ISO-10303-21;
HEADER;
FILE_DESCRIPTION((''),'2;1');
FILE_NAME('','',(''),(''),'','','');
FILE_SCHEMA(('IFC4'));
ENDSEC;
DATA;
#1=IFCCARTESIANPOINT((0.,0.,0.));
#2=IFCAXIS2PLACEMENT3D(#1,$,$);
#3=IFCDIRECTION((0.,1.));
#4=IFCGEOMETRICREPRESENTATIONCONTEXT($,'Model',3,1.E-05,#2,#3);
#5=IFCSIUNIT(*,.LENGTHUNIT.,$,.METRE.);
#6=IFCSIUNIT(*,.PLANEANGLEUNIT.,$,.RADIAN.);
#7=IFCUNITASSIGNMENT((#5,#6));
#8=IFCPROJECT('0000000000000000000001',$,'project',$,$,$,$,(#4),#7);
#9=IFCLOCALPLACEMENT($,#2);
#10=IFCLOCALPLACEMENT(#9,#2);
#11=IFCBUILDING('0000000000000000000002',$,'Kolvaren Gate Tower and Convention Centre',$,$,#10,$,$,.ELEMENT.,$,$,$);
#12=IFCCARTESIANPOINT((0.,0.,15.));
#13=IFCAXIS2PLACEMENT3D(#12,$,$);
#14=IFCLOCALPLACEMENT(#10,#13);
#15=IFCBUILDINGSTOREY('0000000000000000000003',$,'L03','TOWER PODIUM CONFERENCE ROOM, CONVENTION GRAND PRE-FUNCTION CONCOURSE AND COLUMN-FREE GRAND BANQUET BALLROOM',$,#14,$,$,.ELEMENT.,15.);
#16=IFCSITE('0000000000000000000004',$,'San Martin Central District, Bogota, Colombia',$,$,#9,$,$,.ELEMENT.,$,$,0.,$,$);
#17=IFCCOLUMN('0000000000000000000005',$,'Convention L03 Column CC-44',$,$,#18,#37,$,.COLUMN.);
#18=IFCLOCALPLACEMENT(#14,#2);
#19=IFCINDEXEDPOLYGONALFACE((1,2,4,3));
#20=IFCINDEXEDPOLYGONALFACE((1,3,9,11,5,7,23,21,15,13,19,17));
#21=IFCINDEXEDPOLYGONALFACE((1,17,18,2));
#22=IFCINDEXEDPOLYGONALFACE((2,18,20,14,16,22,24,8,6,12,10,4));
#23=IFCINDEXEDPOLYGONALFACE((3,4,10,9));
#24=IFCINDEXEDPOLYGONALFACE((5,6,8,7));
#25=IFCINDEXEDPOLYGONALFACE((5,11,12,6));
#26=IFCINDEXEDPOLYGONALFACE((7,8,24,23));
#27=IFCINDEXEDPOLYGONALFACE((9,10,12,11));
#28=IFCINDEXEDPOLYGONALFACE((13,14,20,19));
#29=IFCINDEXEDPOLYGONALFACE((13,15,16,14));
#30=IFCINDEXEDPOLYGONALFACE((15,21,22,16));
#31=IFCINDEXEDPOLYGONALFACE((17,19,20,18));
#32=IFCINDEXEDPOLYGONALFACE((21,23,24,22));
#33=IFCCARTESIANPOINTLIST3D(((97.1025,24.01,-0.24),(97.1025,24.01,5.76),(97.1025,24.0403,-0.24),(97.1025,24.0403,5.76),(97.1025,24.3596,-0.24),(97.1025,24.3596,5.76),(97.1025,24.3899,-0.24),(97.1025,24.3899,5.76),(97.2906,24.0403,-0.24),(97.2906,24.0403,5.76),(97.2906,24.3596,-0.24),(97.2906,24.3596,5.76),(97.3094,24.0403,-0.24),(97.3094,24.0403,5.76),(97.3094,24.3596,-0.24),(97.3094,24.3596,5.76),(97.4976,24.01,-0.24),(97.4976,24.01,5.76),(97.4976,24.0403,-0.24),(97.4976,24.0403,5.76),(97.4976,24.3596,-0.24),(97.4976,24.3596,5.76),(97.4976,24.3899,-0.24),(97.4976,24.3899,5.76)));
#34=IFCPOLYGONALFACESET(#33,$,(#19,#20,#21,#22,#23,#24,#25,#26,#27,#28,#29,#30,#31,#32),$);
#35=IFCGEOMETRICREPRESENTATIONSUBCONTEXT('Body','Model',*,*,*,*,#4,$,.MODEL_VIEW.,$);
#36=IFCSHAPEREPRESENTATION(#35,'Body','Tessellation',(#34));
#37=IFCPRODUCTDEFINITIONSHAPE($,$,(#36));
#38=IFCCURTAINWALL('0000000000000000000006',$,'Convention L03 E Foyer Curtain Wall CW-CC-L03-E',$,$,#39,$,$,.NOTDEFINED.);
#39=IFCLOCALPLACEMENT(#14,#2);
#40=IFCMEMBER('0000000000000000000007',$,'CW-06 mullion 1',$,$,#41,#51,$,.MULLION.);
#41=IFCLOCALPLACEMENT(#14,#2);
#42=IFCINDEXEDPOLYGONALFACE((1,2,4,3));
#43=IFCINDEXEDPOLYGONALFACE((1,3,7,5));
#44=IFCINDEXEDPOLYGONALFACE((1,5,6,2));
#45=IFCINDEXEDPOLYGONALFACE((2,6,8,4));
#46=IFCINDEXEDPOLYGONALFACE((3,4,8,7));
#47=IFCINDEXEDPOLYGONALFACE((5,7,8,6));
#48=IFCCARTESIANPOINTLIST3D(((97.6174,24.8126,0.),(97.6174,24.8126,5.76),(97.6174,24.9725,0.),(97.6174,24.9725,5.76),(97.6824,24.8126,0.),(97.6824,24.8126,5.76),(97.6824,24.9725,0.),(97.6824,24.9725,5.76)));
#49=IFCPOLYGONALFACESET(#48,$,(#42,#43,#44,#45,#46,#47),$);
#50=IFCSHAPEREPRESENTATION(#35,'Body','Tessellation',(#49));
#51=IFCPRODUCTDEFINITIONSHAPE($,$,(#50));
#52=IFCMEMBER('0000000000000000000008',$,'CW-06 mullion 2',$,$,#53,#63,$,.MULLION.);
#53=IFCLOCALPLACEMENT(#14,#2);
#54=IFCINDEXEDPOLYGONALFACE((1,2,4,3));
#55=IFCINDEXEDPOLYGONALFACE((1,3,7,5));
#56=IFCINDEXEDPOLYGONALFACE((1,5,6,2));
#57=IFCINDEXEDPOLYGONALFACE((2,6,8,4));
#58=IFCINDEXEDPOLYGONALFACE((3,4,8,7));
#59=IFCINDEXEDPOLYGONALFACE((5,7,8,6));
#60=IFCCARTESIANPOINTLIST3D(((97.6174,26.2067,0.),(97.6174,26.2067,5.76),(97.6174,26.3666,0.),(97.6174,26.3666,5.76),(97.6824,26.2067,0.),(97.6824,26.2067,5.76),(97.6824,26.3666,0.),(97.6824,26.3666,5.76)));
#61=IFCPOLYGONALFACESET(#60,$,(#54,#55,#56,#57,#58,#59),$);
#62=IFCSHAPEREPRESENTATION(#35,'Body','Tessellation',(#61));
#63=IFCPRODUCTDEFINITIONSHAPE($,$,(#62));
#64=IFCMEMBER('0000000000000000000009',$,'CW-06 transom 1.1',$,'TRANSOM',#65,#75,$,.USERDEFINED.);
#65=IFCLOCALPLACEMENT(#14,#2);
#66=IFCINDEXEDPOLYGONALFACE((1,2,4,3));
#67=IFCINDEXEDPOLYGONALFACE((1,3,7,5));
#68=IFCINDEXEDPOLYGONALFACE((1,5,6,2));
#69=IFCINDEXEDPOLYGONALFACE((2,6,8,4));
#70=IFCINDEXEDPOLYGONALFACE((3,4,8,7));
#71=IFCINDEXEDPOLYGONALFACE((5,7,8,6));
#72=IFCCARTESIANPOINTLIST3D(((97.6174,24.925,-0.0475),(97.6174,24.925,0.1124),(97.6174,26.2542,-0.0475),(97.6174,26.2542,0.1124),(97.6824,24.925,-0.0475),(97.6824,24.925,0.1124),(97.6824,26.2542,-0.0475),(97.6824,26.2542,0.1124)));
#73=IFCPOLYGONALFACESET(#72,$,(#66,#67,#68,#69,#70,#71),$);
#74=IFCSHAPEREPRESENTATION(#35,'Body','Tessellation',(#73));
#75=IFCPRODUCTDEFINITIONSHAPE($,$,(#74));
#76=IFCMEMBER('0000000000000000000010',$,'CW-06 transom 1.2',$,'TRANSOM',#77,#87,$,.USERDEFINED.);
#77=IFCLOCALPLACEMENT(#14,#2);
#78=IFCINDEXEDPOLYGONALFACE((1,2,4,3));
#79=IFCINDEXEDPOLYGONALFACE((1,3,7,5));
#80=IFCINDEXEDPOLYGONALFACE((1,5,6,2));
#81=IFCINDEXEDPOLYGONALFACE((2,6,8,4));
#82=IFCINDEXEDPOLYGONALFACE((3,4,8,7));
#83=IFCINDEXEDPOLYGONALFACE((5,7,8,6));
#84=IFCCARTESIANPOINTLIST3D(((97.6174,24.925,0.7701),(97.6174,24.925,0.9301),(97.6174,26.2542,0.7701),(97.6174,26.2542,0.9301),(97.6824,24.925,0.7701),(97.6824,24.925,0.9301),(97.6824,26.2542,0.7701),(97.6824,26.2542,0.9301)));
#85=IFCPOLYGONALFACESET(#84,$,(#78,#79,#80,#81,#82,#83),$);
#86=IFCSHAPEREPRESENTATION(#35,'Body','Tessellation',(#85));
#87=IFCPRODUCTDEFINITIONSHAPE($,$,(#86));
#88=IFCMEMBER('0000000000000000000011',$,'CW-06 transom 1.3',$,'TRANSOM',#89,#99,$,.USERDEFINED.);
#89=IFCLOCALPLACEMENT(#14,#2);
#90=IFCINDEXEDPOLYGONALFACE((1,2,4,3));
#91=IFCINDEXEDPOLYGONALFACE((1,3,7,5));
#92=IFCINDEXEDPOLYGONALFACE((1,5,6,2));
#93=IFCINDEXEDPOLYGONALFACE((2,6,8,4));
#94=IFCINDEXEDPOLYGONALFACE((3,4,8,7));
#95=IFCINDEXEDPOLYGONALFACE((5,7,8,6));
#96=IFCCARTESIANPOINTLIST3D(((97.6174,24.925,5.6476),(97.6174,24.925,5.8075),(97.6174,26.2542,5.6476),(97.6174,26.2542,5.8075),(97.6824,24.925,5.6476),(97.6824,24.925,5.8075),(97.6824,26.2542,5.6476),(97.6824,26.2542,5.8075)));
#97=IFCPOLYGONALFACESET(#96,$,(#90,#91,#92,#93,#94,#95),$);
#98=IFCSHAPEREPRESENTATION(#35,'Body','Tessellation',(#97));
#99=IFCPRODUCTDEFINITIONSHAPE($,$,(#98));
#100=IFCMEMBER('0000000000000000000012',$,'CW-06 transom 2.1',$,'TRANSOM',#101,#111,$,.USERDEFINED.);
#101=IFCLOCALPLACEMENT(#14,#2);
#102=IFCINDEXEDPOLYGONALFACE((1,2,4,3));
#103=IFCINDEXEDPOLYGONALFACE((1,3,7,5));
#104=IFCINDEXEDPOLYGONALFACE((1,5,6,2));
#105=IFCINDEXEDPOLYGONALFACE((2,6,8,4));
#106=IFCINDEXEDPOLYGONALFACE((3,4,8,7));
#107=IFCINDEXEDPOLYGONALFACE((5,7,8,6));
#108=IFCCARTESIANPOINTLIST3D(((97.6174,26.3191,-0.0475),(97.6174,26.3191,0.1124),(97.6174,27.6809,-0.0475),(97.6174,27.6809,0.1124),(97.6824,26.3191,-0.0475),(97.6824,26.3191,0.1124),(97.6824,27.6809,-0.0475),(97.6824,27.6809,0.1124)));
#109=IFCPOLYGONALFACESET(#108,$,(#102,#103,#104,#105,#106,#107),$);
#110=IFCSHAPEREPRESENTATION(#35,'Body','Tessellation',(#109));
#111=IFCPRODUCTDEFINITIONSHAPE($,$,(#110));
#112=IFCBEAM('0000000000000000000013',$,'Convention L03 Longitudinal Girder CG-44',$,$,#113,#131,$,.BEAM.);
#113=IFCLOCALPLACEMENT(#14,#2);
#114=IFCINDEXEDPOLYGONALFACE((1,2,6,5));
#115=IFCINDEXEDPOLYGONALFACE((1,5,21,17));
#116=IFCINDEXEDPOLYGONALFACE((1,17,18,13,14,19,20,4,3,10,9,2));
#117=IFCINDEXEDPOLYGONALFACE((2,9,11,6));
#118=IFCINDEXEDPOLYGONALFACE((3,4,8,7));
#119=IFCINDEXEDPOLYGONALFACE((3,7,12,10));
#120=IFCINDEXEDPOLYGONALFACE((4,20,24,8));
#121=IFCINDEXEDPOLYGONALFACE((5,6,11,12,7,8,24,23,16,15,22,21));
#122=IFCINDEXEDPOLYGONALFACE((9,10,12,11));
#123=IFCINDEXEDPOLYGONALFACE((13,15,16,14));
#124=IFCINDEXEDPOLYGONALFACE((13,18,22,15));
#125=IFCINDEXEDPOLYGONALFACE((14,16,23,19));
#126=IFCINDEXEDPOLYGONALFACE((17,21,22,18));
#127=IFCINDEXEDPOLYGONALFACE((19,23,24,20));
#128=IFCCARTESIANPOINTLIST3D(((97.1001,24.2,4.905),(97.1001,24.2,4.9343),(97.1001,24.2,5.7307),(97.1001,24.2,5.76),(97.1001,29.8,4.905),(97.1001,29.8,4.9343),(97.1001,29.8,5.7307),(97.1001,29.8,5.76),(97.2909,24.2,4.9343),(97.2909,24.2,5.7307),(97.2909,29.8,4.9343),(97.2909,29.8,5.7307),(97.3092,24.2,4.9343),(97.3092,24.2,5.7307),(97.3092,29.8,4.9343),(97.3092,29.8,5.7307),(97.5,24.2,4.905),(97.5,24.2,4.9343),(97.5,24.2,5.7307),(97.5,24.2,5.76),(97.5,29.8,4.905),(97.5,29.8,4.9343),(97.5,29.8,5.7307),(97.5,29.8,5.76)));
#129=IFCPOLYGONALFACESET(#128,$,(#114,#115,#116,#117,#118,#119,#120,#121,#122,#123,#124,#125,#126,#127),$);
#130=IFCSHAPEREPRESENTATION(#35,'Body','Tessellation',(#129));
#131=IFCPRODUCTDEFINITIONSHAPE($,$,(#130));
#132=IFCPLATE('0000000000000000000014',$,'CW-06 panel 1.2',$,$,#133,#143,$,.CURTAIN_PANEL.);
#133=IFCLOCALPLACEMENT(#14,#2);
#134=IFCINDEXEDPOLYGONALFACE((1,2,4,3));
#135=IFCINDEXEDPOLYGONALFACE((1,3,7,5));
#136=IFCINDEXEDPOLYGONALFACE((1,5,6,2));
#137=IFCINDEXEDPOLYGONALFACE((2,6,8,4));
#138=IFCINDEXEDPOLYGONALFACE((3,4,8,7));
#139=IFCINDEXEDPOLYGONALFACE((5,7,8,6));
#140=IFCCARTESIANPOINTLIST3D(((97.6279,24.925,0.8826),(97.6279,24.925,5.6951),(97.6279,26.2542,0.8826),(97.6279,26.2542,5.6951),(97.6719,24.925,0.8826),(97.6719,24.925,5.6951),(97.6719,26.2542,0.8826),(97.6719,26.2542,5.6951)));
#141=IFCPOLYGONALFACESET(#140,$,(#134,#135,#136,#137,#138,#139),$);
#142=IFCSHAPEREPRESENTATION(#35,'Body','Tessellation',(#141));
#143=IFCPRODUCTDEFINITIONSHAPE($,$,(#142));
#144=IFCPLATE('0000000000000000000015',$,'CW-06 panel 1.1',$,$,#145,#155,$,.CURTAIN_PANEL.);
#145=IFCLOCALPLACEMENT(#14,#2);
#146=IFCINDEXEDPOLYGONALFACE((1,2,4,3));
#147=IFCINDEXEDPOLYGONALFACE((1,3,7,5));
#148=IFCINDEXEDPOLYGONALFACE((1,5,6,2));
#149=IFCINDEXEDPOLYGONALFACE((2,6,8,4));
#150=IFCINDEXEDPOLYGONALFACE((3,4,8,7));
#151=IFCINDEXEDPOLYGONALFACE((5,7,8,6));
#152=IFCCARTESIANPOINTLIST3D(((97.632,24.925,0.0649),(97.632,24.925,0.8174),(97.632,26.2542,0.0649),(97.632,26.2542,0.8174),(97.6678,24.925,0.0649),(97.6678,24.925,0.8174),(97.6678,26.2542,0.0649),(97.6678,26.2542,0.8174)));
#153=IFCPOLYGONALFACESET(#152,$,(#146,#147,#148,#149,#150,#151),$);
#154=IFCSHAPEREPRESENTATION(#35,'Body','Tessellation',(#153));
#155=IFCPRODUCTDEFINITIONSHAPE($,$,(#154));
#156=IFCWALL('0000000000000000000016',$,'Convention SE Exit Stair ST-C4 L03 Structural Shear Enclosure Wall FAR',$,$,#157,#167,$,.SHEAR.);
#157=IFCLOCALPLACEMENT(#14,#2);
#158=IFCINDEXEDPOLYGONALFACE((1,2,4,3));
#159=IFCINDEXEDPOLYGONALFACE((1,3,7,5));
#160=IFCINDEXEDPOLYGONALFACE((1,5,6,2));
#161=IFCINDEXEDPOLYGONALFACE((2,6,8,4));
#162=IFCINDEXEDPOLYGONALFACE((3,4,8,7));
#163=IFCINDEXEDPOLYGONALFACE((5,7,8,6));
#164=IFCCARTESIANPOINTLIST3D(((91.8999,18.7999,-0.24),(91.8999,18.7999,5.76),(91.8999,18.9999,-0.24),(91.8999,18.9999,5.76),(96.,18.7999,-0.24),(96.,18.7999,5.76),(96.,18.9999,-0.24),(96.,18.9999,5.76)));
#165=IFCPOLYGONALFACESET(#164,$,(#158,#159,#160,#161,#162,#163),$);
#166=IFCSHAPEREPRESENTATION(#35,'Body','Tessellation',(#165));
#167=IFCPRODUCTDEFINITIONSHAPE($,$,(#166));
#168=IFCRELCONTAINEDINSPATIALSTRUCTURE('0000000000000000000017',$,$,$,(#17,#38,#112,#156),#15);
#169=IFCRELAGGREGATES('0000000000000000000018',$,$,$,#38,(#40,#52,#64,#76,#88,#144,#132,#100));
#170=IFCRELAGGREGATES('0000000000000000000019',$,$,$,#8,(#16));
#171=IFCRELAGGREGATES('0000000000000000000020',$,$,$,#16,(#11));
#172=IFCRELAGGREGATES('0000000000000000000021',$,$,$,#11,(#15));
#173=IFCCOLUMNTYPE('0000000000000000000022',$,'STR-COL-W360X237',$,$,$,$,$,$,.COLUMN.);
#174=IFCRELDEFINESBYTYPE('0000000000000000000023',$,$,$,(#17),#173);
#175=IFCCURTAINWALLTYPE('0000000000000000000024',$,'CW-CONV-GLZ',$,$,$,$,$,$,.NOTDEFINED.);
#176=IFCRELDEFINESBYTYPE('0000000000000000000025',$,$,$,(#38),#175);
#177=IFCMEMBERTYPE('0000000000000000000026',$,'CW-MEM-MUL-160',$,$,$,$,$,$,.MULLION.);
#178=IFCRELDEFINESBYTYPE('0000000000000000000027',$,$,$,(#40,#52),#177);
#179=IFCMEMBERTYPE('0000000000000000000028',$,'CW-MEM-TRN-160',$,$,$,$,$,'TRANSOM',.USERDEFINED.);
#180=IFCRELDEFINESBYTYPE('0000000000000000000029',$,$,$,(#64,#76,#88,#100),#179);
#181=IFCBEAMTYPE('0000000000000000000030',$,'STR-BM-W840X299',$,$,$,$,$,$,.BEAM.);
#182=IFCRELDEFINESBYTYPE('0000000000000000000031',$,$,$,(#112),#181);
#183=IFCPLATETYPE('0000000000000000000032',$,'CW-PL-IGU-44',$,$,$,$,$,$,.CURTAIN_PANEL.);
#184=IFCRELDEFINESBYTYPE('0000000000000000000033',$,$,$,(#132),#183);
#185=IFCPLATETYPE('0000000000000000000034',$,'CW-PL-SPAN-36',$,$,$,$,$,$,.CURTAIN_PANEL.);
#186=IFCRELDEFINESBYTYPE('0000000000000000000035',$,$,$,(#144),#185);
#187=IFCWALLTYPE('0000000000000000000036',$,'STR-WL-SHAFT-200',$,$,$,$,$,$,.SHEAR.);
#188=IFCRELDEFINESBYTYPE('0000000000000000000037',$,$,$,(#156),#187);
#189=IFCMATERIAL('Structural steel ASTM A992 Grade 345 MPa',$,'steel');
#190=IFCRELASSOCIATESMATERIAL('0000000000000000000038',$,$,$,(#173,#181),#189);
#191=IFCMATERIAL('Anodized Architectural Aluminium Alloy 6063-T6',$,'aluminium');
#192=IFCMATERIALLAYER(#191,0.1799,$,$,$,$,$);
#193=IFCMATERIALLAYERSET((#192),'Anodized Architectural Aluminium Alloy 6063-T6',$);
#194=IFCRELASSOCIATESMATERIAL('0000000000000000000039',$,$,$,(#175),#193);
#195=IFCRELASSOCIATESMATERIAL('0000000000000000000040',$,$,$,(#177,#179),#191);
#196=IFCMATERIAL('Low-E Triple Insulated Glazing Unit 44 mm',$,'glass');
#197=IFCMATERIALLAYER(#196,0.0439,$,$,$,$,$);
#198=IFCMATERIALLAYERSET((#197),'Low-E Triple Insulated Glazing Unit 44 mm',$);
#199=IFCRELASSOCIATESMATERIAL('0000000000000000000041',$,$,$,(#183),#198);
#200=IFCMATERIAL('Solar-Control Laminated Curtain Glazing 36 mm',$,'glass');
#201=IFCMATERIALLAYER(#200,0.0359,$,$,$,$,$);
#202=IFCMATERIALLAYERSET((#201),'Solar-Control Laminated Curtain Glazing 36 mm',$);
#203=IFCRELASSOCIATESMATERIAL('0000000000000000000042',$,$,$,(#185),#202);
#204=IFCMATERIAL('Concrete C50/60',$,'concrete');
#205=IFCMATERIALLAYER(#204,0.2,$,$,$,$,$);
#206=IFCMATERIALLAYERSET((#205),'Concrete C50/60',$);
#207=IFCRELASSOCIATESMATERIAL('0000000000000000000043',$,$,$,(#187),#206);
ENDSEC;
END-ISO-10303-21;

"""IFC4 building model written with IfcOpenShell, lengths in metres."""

from ifc_helpers import new_model, si_unit, direction, frame, frame_2d, origin, origin_2d, place, context, subcontext, project, spatial, rectangle, i_section, extrude, material, layer, layer_set, material_profile, profile_set, type_object, element, aggregate, save


model = new_model("IFC4")

# Units and contexts
model_context = context("Model", 3, precision=1e-05, world=origin(), true_north=direction((0.0, 1.0)))
body_context = subcontext(model_context, "Body", "Model", "MODEL_VIEW")
ifc_project = project(units=[si_unit("LENGTHUNIT", "METRE"), si_unit("PLANEANGLEUNIT", "RADIAN")], contexts=[model_context])

# Site, building, storey
site_placement = place(None, origin())
site = spatial("IfcSite", under=ifc_project, at=site_placement, Name="San Martin Central District, Bogota, Colombia", CompositionType="ELEMENT", RefElevation=0.0)
building_placement = place(site_placement, origin())
building = spatial("IfcBuilding", under=site, at=building_placement, Name="Kolvaren Gate Tower and Convention Centre", CompositionType="ELEMENT")
storey_placement = place(building_placement, frame((0.0, 0.0, 15.0)))
storey = spatial("IfcBuildingStorey", under=building, at=storey_placement, Name="L03", Description="TOWER PODIUM CONFERENCE ROOM, CONVENTION GRAND PRE-FUNCTION CONCOURSE AND COLUMN-FREE GRAND BANQUET BALLROOM", CompositionType="ELEMENT", Elevation=15.0)

# Column
ifc_material_1 = material(Name="Structural steel ASTM A992 Grade 345 MPa", Category="steel")
ifc_material_profile_1 = material_profile(ifc_material_1, i_section(OverallWidth=0.395, OverallDepth=0.3799, WebThickness=0.0188, FlangeThickness=0.0303, at=origin_2d()), Name="W360X237")
ifc_profile_set_1 = profile_set([ifc_material_profile_1], Name="Structural steel ASTM A992 Grade 345 MPa")
column_type = type_object("IfcColumnType", Name="STR-COL-W360X237", PredefinedType="COLUMN", material=ifc_profile_set_1)
column_placement = place(storey_placement, frame((97.3, 24.2, -0.24), z_axis=(0.0, 0.0, 1.0), x_axis=(1.0, 0.0, 0.0)))
element("IfcColumn", 1, at=column_placement, inside=storey, type_object=column_type, Name="Convention L03 Column CC-44", PredefinedType="COLUMN", context=body_context, shape_type="SweptSolid", body=[
    extrude(i_section(OverallWidth=0.395, OverallDepth=0.3799, WebThickness=0.0188, FlangeThickness=0.0303, at=origin_2d()), origin(), (0.0, 0.0, 1.0), 6.0),
])

# Curtain wall, members
ifc_material_2 = material(Name="Anodized Architectural Aluminium Alloy 6063-T6", Category="aluminium")
ifc_layer_1 = layer(ifc_material_2, 0.1799)
ifc_layer_set_1 = layer_set([ifc_layer_1], Name="Anodized Architectural Aluminium Alloy 6063-T6")
curtain_wall_type = type_object("IfcCurtainWallType", Name="CW-CONV-GLZ", PredefinedType="NOTDEFINED", material=ifc_layer_set_1)
curtain_wall_placement = place(storey_placement, origin())
curtain_wall = element("IfcCurtainWall", 2, at=curtain_wall_placement, inside=storey, type_object=curtain_wall_type, Name="Convention L03 E Foyer Curtain Wall CW-CC-L03-E", PredefinedType="NOTDEFINED")
ifc_material_profile_2 = material_profile(ifc_material_2, rectangle(XDim=0.0649, YDim=0.1599, at=origin_2d()), Name="CW-MEM-MUL-160")
ifc_profile_set_2 = profile_set([ifc_material_profile_2], Name="Anodized Architectural Aluminium Alloy 6063-T6")
member_type_1 = type_object("IfcMemberType", Name="CW-MEM-MUL-160", PredefinedType="MULLION", material=ifc_profile_set_2)
member_1_placement = place(storey_placement, frame((97.6499, 24.8926, 0.0), z_axis=(0.0, 0.0, 1.0), x_axis=(-1.0, 0.0, 0.0)))
member_1 = element("IfcMember", 3, at=member_1_placement, type_object=member_type_1, Name="CW-06 mullion 1", PredefinedType="MULLION", context=body_context, shape_type="SweptSolid", body=[
    extrude(rectangle(XDim=0.0649, YDim=0.1599, at=origin_2d()), origin(), (0.0, 0.0, 1.0), 5.76),
])
member_2_placement = place(storey_placement, frame((97.6499, 26.2866, 0.0), z_axis=(0.0, 0.0, 1.0), x_axis=(-1.0, 0.0, 0.0)))
member_2 = element("IfcMember", 4, at=member_2_placement, type_object=member_type_1, Name="CW-06 mullion 2", PredefinedType="MULLION", context=body_context, shape_type="SweptSolid", body=[
    extrude(rectangle(XDim=0.0649, YDim=0.1599, at=origin_2d()), origin(), (0.0, 0.0, 1.0), 5.76),
])
ifc_material_profile_3 = material_profile(ifc_material_2, rectangle(XDim=0.0649, YDim=0.1599, at=origin_2d()), Name="CW-MEM-TRN-160")
ifc_profile_set_3 = profile_set([ifc_material_profile_3], Name="Anodized Architectural Aluminium Alloy 6063-T6")
member_type_2 = type_object("IfcMemberType", Name="CW-MEM-TRN-160", ElementType="TRANSOM", PredefinedType="USERDEFINED", material=ifc_profile_set_3)
member_3_placement = place(storey_placement, frame((97.6499, 24.925, 0.0325), z_axis=(0.0, 1.0, 0.0), x_axis=(-1.0, 0.0, 0.0)))
member_3 = element("IfcMember", 5, at=member_3_placement, type_object=member_type_2, Name="CW-06 transom 1.1", ObjectType="TRANSOM", PredefinedType="USERDEFINED", context=body_context, shape_type="SweptSolid", body=[
    extrude(rectangle(XDim=0.0649, YDim=0.1599, at=origin_2d()), origin(), (0.0, 0.0, 1.0), 1.3291),
])
member_4_placement = place(storey_placement, frame((97.6499, 24.925, 0.8501), z_axis=(0.0, 1.0, 0.0), x_axis=(-1.0, 0.0, 0.0)))
member_4 = element("IfcMember", 6, at=member_4_placement, type_object=member_type_2, Name="CW-06 transom 1.2", ObjectType="TRANSOM", PredefinedType="USERDEFINED", context=body_context, shape_type="SweptSolid", body=[
    extrude(rectangle(XDim=0.0649, YDim=0.1599, at=origin_2d()), origin(), (0.0, 0.0, 1.0), 1.3291),
])
member_5_placement = place(storey_placement, frame((97.6499, 24.925, 5.7275), z_axis=(0.0, 1.0, 0.0), x_axis=(-1.0, 0.0, 0.0)))
member_5 = element("IfcMember", 7, at=member_5_placement, type_object=member_type_2, Name="CW-06 transom 1.3", ObjectType="TRANSOM", PredefinedType="USERDEFINED", context=body_context, shape_type="SweptSolid", body=[
    extrude(rectangle(XDim=0.0649, YDim=0.1599, at=origin_2d()), origin(), (0.0, 0.0, 1.0), 1.3291),
])
member_6_placement = place(storey_placement, frame((97.6499, 26.3191, 0.0325), z_axis=(0.0, 1.0, 0.0), x_axis=(-1.0, 0.0, 0.0)))
member_6 = element("IfcMember", 8, at=member_6_placement, type_object=member_type_2, Name="CW-06 transom 2.1", ObjectType="TRANSOM", PredefinedType="USERDEFINED", context=body_context, shape_type="SweptSolid", body=[
    extrude(rectangle(XDim=0.0649, YDim=0.1599, at=origin_2d()), origin(), (0.0, 0.0, 1.0), 1.3618),
])

# Beam
ifc_material_profile_4 = material_profile(ifc_material_1, i_section(OverallWidth=0.3999, OverallDepth=0.855, WebThickness=0.0183, FlangeThickness=0.0293, at=origin_2d()), Name="W840X299")
ifc_profile_set_4 = profile_set([ifc_material_profile_4], Name="Structural steel ASTM A992 Grade 345 MPa")
beam_type = type_object("IfcBeamType", Name="STR-BM-W840X299", PredefinedType="BEAM", material=ifc_profile_set_4)
beam_placement = place(storey_placement, frame((97.3, 24.2, 5.3325), z_axis=(0.0, 1.0, 0.0), x_axis=(-1.0, 0.0, 0.0)))
element("IfcBeam", 9, at=beam_placement, inside=storey, type_object=beam_type, Name="Convention L03 Longitudinal Girder CG-44", PredefinedType="BEAM", context=body_context, shape_type="SweptSolid", body=[
    extrude(i_section(OverallWidth=0.3999, OverallDepth=0.855, WebThickness=0.0183, FlangeThickness=0.0293, at=origin_2d()), origin(), (0.0, 0.0, 1.0), 5.6001),
])

# Plates
ifc_material_3 = material(Name="Low-E Triple Insulated Glazing Unit 44 mm", Category="glass")
ifc_layer_2 = layer(ifc_material_3, 0.0439)
ifc_layer_set_2 = layer_set([ifc_layer_2], Name="Low-E Triple Insulated Glazing Unit 44 mm")
plate_type_1 = type_object("IfcPlateType", Name="CW-PL-IGU-44", PredefinedType="CURTAIN_PANEL", material=ifc_layer_set_2)
plate_1_placement = place(storey_placement, frame((97.6499, 25.5896, 0.8826), z_axis=(0.0, 0.0, 1.0), x_axis=(0.0, 1.0, 0.0)))
plate_1 = element("IfcPlate", 10, at=plate_1_placement, type_object=plate_type_1, Name="CW-06 panel 1.2", PredefinedType="CURTAIN_PANEL", context=body_context, shape_type="SweptSolid", body=[
    extrude(rectangle(XDim=1.3291, YDim=0.0439, at=origin_2d()), origin(), (0.0, 0.0, 1.0), 4.8125),
])
ifc_material_4 = material(Name="Solar-Control Laminated Curtain Glazing 36 mm", Category="glass")
ifc_layer_3 = layer(ifc_material_4, 0.0359)
ifc_layer_set_3 = layer_set([ifc_layer_3], Name="Solar-Control Laminated Curtain Glazing 36 mm")
plate_type_2 = type_object("IfcPlateType", Name="CW-PL-SPAN-36", PredefinedType="CURTAIN_PANEL", material=ifc_layer_set_3)
plate_2_placement = place(storey_placement, frame((97.6499, 25.5896, 0.0649), z_axis=(0.0, 0.0, 1.0), x_axis=(0.0, 1.0, 0.0)))
plate_2 = element("IfcPlate", 11, at=plate_2_placement, type_object=plate_type_2, Name="CW-06 panel 1.1", PredefinedType="CURTAIN_PANEL", context=body_context, shape_type="SweptSolid", body=[
    extrude(rectangle(XDim=1.3291, YDim=0.0359, at=origin_2d()), origin(), (0.0, 0.0, 1.0), 0.7524),
])
aggregate(curtain_wall, [member_1, member_2, member_3, member_4, member_5, plate_2, plate_1, member_6])

# Wall
ifc_material_5 = material(Name="Concrete C50/60", Category="concrete")
ifc_layer_4 = layer(ifc_material_5, 0.2)
ifc_layer_set_4 = layer_set([ifc_layer_4], Name="Concrete C50/60")
wall_type = type_object("IfcWallType", Name="STR-WL-SHAFT-200", PredefinedType="SHEAR", material=ifc_layer_set_4)
wall_1_placement = place(storey_placement, frame((91.8999, 18.8999, -0.24), z_axis=(0.0, 0.0, 1.0), x_axis=(1.0, 0.0, 0.0)))
element("IfcWall", 12, at=wall_1_placement, inside=storey, type_object=wall_type, Name="Convention SE Exit Stair ST-C4 L03 Structural Shear Enclosure Wall FAR", PredefinedType="SHEAR", context=body_context, shape_type="SweptSolid", body=[
    extrude(rectangle(XDim=4.1001, YDim=0.2, at=frame_2d((2.05, 0.0))), origin(), (0.0, 0.0, 1.0), 6.0),
])

save(model, "model.ifc")
